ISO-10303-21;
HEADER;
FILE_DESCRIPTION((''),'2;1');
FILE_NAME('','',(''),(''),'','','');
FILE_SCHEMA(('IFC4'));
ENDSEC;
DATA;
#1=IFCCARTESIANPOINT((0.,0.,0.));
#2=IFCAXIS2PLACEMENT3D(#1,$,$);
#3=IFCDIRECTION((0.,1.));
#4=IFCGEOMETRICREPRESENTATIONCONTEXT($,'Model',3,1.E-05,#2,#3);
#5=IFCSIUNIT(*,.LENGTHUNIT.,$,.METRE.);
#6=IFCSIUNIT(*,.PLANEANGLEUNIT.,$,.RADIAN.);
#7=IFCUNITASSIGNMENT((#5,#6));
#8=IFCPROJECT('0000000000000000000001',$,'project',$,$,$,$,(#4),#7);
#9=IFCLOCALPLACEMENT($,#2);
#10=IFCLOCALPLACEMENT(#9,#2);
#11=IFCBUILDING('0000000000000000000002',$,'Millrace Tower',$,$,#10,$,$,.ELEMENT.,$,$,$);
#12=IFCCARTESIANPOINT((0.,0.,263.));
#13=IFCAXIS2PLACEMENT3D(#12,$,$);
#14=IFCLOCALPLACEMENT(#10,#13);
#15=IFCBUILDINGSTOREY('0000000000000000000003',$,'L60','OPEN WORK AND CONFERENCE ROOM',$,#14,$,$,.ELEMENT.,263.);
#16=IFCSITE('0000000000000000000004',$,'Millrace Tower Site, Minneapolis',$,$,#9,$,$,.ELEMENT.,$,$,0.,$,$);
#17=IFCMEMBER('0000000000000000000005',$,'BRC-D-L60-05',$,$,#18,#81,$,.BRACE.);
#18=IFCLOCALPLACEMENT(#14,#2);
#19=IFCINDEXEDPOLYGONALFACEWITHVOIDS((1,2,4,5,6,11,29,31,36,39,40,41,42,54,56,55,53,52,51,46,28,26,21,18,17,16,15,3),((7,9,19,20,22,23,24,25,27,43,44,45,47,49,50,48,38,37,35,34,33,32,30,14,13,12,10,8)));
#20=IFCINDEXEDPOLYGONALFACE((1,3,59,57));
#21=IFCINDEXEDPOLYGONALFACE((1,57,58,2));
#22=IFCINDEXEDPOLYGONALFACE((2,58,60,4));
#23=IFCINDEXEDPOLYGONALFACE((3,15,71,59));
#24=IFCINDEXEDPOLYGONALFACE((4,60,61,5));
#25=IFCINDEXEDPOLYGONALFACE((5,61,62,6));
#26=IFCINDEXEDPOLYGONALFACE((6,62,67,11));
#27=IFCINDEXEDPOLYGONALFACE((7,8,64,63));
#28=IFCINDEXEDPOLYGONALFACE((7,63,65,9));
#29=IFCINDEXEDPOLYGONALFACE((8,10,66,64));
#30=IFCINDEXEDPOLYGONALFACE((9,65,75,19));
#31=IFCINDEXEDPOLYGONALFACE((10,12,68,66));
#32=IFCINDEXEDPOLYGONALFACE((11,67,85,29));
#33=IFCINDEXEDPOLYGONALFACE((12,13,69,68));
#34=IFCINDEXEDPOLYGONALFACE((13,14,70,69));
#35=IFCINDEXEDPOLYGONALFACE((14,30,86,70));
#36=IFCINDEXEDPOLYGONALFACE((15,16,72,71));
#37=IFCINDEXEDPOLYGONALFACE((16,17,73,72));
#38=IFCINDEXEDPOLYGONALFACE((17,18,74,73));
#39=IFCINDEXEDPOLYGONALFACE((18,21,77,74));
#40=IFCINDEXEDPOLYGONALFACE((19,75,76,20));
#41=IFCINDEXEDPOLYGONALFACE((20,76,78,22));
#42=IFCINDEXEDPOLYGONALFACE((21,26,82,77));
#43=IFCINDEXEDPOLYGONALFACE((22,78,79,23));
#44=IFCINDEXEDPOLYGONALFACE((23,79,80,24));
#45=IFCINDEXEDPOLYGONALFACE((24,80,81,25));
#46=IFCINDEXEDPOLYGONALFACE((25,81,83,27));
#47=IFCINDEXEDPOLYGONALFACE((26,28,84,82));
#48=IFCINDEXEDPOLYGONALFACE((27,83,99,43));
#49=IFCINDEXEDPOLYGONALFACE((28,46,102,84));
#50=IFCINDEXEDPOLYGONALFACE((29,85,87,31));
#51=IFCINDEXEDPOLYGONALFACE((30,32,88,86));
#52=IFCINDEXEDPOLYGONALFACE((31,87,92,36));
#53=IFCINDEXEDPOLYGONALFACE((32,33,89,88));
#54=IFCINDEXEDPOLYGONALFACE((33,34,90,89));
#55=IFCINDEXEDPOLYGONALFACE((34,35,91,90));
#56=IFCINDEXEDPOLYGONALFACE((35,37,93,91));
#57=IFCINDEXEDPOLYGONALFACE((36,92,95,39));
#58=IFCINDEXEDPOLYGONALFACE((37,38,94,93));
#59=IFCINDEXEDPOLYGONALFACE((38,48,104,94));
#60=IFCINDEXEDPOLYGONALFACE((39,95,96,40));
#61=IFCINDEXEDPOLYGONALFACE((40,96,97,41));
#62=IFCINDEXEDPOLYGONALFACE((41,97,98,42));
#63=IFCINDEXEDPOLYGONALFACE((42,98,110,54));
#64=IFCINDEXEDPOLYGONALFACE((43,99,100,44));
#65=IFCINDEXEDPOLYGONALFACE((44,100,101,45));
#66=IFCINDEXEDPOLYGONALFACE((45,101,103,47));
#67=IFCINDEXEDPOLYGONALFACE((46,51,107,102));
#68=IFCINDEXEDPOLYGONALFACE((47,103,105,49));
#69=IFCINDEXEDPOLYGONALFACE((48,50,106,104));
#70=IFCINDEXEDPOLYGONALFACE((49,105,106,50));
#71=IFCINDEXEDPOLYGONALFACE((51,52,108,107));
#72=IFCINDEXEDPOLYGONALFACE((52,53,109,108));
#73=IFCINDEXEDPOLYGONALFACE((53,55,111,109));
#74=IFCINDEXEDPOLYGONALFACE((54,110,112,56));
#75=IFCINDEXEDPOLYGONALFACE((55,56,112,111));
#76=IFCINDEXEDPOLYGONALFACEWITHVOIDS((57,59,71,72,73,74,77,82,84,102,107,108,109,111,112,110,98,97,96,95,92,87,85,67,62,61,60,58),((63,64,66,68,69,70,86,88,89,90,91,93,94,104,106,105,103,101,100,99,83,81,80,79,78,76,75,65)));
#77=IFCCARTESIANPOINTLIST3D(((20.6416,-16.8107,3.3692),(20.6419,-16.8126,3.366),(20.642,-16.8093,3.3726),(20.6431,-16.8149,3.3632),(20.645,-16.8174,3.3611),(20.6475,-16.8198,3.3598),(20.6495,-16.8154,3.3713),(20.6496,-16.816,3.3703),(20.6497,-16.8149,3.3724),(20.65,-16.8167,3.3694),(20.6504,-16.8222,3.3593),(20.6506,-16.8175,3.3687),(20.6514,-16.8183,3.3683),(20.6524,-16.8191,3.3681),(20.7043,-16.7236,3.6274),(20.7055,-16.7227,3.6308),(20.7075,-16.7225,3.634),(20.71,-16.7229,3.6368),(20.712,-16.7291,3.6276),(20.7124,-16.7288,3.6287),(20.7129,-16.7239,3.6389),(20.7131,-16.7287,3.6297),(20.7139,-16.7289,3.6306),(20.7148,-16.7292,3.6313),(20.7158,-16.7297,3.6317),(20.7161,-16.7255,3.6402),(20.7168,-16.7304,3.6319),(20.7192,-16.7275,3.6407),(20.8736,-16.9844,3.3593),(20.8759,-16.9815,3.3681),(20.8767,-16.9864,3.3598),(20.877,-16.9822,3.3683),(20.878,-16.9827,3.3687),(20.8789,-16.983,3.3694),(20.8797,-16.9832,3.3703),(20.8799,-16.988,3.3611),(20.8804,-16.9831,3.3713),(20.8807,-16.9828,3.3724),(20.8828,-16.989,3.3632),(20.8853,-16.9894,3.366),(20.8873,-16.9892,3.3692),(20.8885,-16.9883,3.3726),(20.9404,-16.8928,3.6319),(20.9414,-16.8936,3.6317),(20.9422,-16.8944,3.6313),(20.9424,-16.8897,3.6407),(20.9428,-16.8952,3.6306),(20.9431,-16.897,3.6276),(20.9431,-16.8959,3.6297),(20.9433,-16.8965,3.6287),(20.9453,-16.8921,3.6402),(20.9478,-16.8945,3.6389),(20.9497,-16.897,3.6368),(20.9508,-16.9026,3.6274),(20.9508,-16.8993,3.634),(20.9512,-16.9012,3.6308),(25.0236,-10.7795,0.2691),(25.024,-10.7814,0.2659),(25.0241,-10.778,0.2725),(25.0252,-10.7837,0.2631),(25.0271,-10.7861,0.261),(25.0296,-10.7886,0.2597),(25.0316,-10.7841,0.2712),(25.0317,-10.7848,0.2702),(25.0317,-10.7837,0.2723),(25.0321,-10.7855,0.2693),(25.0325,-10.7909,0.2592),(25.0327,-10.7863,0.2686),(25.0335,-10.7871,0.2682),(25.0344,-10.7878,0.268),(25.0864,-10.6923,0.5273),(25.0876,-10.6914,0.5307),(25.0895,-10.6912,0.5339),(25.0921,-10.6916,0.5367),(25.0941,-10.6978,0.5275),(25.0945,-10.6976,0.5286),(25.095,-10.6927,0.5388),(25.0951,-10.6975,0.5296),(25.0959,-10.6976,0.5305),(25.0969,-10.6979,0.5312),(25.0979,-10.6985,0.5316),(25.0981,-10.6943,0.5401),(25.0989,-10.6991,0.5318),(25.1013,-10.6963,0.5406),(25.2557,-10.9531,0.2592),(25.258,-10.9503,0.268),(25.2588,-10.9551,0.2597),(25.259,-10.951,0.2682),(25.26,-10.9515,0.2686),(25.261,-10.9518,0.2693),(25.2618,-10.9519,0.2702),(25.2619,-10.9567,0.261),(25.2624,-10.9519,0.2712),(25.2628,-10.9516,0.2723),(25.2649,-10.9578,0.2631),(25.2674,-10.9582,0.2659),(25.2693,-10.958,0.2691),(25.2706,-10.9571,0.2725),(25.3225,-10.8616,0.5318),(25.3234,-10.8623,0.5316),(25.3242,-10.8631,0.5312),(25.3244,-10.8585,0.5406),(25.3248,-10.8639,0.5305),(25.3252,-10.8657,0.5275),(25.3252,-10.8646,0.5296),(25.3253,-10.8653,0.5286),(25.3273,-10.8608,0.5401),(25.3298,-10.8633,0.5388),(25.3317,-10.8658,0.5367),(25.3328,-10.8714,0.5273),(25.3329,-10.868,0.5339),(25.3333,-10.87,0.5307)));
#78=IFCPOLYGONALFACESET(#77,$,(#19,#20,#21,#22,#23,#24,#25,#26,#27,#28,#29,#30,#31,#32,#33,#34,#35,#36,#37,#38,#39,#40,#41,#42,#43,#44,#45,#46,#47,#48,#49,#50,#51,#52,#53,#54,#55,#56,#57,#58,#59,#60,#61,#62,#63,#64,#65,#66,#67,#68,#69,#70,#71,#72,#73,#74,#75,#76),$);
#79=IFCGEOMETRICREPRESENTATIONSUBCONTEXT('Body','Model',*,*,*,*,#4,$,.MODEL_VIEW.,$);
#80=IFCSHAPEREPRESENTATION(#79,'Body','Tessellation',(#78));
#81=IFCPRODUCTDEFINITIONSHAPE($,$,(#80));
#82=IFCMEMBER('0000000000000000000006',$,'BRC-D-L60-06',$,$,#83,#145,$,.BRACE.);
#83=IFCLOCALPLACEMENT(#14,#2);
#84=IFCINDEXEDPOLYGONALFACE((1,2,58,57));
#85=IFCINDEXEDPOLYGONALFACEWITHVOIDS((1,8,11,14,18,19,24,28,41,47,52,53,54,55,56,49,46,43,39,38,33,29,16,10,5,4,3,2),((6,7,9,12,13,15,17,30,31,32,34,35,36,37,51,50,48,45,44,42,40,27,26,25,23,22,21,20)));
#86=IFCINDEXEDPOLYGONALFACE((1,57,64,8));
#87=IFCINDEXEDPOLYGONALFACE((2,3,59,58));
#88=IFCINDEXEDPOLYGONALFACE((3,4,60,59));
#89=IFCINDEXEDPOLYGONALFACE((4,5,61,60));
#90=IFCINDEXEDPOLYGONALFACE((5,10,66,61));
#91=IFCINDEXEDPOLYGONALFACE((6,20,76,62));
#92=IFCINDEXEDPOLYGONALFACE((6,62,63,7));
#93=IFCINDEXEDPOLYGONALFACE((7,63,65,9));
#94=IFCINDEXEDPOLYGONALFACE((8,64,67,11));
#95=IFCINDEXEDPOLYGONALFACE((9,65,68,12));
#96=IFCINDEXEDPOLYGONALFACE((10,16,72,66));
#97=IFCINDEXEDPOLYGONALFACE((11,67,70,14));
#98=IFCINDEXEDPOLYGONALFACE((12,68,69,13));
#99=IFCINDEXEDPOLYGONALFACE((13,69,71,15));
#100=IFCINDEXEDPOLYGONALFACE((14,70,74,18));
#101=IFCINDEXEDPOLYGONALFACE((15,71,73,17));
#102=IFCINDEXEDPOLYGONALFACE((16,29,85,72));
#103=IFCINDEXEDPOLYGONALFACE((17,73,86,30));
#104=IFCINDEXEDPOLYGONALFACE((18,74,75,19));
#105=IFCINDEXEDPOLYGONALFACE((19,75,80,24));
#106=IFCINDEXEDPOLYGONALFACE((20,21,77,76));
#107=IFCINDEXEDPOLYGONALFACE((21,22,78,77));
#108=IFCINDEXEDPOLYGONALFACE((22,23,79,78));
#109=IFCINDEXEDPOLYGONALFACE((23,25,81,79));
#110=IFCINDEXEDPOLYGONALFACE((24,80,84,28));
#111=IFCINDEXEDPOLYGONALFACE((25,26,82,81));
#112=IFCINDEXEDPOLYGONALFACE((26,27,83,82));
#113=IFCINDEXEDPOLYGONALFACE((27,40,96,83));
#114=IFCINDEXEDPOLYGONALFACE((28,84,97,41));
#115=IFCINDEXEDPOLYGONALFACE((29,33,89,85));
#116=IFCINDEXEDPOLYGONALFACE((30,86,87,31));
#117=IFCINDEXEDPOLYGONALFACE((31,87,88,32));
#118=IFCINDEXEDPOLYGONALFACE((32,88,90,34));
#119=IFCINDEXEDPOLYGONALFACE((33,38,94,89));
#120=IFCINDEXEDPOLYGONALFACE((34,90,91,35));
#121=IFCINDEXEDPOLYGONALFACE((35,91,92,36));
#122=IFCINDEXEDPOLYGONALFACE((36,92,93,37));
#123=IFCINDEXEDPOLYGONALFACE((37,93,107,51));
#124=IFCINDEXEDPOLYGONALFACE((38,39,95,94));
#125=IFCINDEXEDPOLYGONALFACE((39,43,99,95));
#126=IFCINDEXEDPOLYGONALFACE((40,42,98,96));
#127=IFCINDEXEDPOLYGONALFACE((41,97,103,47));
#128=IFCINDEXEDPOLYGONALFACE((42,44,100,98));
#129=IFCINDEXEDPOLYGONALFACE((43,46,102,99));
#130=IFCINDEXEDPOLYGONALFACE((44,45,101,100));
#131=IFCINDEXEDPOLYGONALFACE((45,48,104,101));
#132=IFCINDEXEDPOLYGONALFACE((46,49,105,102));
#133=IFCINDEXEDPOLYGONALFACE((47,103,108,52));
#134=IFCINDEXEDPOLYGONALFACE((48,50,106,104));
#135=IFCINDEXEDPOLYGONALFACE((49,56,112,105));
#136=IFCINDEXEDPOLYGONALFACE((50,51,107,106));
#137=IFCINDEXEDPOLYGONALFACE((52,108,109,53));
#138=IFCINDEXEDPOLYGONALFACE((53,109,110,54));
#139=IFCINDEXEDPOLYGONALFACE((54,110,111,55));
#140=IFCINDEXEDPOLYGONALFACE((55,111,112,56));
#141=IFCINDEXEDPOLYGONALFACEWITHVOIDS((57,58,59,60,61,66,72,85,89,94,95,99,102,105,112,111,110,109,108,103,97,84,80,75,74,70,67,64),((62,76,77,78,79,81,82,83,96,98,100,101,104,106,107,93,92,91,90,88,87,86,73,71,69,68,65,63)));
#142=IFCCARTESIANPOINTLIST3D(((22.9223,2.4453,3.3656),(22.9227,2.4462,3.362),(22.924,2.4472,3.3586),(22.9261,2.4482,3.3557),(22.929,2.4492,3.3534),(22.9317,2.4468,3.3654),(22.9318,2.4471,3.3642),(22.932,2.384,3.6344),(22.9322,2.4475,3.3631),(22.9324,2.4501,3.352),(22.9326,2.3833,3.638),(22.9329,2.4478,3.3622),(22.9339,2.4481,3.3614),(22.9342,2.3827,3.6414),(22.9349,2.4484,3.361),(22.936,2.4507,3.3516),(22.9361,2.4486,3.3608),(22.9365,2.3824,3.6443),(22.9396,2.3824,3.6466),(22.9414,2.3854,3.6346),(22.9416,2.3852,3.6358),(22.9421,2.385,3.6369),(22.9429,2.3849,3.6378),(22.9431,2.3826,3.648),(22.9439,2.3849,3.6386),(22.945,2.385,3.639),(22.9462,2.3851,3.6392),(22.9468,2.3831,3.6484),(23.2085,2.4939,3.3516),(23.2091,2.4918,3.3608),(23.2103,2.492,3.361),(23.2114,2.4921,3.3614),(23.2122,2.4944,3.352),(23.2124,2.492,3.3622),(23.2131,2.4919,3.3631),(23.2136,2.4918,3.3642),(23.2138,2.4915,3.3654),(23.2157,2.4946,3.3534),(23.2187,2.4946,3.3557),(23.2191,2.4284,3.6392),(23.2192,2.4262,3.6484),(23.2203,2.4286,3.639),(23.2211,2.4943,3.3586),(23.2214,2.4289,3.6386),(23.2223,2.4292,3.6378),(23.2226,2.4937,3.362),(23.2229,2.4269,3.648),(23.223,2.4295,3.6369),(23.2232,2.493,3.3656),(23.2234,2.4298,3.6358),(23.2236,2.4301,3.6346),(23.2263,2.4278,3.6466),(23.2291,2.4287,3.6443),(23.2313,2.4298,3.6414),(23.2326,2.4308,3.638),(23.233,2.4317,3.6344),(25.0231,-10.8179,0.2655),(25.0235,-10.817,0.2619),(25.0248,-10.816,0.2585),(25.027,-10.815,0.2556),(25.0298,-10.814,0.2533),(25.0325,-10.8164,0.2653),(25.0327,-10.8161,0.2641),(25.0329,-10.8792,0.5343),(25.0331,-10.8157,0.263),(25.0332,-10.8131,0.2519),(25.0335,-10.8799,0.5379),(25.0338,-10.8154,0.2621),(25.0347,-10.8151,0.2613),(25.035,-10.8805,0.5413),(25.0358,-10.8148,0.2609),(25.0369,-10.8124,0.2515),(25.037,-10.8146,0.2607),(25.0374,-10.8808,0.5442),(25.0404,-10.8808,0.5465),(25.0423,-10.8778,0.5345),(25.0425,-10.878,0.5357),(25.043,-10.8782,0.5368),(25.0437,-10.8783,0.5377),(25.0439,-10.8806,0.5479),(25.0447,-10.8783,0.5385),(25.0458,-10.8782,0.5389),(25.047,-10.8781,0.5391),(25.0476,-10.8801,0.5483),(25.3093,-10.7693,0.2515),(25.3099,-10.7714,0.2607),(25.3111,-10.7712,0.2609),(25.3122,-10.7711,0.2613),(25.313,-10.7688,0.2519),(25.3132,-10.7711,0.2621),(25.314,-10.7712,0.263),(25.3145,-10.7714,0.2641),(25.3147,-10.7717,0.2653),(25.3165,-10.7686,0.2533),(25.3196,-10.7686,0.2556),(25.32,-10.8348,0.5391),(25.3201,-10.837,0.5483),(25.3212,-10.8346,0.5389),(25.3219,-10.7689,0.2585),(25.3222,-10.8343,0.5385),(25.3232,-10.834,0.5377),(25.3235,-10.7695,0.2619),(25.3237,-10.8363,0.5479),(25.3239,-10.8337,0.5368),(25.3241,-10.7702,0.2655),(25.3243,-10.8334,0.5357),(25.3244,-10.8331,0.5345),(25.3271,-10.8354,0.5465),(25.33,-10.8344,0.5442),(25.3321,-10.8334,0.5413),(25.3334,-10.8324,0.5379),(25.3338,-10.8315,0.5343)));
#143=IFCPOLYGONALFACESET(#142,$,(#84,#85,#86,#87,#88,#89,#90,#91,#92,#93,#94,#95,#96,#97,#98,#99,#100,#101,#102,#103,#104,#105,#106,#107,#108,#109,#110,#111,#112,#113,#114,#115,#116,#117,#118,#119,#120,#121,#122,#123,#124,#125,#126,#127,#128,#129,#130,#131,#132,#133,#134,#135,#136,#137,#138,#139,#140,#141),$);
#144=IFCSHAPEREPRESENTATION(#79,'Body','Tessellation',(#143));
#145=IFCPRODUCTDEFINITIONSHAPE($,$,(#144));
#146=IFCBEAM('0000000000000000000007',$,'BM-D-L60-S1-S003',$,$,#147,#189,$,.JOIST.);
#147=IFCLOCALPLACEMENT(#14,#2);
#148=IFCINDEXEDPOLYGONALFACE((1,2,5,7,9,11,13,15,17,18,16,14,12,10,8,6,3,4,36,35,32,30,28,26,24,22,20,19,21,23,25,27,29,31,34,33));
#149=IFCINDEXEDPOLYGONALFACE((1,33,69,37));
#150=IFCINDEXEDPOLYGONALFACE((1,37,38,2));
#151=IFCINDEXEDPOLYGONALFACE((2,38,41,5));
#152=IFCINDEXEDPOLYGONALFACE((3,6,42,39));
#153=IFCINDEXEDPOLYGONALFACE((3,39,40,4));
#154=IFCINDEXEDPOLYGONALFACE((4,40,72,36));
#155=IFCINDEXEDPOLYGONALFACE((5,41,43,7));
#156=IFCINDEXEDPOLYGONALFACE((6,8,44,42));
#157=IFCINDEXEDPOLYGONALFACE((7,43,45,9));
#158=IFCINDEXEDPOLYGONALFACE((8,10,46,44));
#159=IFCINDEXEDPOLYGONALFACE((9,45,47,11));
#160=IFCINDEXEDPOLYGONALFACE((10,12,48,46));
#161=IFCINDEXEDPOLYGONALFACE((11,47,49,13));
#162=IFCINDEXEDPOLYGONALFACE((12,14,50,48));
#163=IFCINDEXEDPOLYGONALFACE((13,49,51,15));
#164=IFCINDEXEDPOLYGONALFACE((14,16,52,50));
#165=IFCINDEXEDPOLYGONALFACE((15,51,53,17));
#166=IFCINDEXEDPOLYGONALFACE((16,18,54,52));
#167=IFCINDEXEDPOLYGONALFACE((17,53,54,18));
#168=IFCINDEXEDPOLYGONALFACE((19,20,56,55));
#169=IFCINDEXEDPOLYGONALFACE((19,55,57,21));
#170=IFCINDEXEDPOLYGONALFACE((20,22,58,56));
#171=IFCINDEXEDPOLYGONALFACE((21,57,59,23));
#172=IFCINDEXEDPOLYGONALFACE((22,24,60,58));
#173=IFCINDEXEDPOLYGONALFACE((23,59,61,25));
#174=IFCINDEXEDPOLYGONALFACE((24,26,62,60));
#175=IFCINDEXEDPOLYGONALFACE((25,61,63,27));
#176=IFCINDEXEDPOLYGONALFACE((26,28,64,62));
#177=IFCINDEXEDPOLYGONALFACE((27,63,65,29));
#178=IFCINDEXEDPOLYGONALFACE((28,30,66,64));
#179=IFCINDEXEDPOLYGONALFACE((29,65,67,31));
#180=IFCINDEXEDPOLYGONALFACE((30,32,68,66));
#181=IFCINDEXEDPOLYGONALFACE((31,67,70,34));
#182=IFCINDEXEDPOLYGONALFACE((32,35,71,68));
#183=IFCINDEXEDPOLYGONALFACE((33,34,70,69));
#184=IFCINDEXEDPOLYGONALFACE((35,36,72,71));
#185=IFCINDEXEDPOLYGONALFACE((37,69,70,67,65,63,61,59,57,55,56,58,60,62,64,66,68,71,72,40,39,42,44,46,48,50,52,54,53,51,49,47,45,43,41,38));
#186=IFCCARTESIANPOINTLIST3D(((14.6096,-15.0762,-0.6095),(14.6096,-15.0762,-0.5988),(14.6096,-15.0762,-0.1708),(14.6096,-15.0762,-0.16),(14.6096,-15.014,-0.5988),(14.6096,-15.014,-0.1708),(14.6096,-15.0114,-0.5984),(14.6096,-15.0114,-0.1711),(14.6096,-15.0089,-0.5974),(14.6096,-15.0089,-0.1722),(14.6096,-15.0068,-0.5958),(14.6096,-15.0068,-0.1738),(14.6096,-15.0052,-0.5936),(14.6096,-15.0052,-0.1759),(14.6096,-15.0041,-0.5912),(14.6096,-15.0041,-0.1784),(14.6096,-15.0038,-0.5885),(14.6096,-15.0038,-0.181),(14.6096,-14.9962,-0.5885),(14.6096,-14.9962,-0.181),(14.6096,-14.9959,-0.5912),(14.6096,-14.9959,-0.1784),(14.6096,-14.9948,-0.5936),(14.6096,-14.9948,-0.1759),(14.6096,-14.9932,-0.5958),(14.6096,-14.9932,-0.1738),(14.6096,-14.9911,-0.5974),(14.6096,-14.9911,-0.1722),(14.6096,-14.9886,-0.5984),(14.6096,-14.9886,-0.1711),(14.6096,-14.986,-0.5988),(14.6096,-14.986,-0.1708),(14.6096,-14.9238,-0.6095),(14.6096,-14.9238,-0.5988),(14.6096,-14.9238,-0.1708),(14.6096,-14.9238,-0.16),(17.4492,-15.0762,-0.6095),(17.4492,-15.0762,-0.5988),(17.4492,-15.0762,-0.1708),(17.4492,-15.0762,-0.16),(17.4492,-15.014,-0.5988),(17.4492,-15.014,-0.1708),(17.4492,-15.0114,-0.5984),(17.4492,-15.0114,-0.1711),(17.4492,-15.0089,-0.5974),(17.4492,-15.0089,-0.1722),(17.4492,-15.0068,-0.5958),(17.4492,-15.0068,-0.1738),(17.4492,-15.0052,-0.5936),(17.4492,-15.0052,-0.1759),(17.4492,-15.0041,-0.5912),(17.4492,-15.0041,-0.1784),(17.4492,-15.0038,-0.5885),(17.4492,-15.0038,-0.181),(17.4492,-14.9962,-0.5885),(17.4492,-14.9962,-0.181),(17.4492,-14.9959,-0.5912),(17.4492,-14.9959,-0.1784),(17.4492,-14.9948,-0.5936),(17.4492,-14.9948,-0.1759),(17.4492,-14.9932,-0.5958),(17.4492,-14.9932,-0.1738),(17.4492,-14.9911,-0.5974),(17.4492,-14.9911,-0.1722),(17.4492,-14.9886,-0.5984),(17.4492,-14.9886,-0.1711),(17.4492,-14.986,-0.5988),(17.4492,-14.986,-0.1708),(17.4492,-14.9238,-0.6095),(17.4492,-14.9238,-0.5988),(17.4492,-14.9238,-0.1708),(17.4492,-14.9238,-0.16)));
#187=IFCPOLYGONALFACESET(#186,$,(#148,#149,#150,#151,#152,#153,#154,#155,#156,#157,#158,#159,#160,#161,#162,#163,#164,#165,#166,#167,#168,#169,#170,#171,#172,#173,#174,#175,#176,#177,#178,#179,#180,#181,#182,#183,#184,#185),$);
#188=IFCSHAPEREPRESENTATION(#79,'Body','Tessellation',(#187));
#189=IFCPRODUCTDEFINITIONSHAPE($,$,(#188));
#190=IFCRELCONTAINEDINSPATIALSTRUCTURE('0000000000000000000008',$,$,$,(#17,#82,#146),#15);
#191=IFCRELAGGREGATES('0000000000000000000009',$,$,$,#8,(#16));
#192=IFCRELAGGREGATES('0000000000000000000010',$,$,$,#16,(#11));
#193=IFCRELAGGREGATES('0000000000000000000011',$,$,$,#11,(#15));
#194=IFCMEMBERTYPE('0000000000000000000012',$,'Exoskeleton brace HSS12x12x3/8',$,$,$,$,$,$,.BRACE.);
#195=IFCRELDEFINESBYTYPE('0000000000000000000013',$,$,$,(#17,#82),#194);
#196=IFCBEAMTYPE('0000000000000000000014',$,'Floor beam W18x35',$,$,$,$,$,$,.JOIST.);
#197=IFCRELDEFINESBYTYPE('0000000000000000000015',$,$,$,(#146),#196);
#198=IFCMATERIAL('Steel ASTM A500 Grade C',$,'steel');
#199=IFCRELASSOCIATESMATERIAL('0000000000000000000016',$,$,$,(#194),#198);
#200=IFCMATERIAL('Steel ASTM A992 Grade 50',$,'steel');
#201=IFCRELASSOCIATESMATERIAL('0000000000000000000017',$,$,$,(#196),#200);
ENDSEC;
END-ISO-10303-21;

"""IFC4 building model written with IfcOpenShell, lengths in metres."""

from ifc_helpers import new_model, si_unit, direction, frame, origin, origin_2d, place, context, subcontext, project, spatial, hollow_rectangle, i_section, extrude, material, material_profile, profile_set, type_object, element, save


model = new_model("IFC4")

# Units and contexts
model_context = context("Model", 3, precision=1e-05, world=origin(), true_north=direction((0.0, 1.0)))
body_context = subcontext(model_context, "Body", "Model", "MODEL_VIEW")
ifc_project = project(units=[si_unit("LENGTHUNIT", "METRE"), si_unit("PLANEANGLEUNIT", "RADIAN")], contexts=[model_context])

# Site, building, storey
site_placement = place(None, origin())
site = spatial("IfcSite", under=ifc_project, at=site_placement, Name="Millrace Tower Site, Minneapolis", CompositionType="ELEMENT", RefElevation=0.0)
building_placement = place(site_placement, origin())
building = spatial("IfcBuilding", under=site, at=building_placement, Name="Millrace Tower", CompositionType="ELEMENT")
storey_placement = place(building_placement, frame((0.0, 0.0, 263.0)))
storey = spatial("IfcBuildingStorey", under=building, at=storey_placement, Name="L60", Description="OPEN WORK AND CONFERENCE ROOM", CompositionType="ELEMENT", Elevation=263.0)

# Members
ifc_material_1 = material(Name="Steel ASTM A500 Grade C", Category="steel")
ifc_material_profile_1 = material_profile(ifc_material_1, hollow_rectangle(XDim=0.3047, YDim=0.3047, WallThickness=0.0095, InnerFilletRadius=0.0046, OuterFilletRadius=0.0144, at=origin_2d()))
ifc_profile_set_1 = profile_set([ifc_material_profile_1], Name="Steel ASTM A500 Grade C")
member_type_1 = type_object("IfcMemberType", Name="Exoskeleton brace HSS12x12x3/8", PredefinedType="BRACE", material=ifc_profile_set_1)
member_1_placement = place(storey_placement, frame((25.1785, -10.8247, 0.3999), z_axis=(-0.542741, -0.746998, 0.383961), x_axis=(0.809009, -0.587796, 0.0)))
element("IfcMember", 1, at=member_1_placement, inside=storey, type_object=member_type_1, Name="BRC-D-L60-05", PredefinedType="BRACE", context=body_context, shape_type="SweptSolid", body=[
    extrude(hollow_rectangle(XDim=0.3047, YDim=0.3047, WallThickness=0.0095, InnerFilletRadius=0.0046, OuterFilletRadius=0.0144, at=origin_2d()), origin(), (0.0, 0.0, 1.0), 8.074),
])
member_2_placement = place(storey_placement, frame((25.1785, -10.8247, 0.3999), z_axis=(-0.152436, 0.962374, 0.224943), x_axis=(-0.987687, -0.156445, 0.0)))
element("IfcMember", 2, at=member_2_placement, inside=storey, type_object=member_type_1, Name="BRC-D-L60-06", PredefinedType="BRACE", context=body_context, shape_type="SweptSolid", body=[
    extrude(hollow_rectangle(XDim=0.3047, YDim=0.3047, WallThickness=0.0095, InnerFilletRadius=0.0046, OuterFilletRadius=0.0144, at=origin_2d()), origin(), (0.0, 0.0, 1.0), 13.7817),
])

# Beam
ifc_material_2 = material(Name="Steel ASTM A992 Grade 50", Category="steel")
ifc_material_profile_2 = material_profile(ifc_material_2, i_section(OverallWidth=0.1523, OverallDepth=0.4495, WebThickness=0.0076, FlangeThickness=0.0107, FilletRadius=0.0103, at=origin_2d()))
ifc_profile_set_2 = profile_set([ifc_material_profile_2], Name="Steel ASTM A992 Grade 50")
beam_type_1 = type_object("IfcBeamType", Name="Floor beam W18x35", PredefinedType="JOIST", material=ifc_profile_set_2)
beam_1_placement = place(storey_placement, frame((14.6096, -15.0, -0.3848), z_axis=(1.0, 0.0, 0.0), x_axis=(0.0, 1.0, 0.0)))
element("IfcBeam", 3, at=beam_1_placement, inside=storey, type_object=beam_type_1, Name="BM-D-L60-S1-S003", PredefinedType="JOIST", context=body_context, shape_type="SweptSolid", body=[
    extrude(i_section(OverallWidth=0.1523, OverallDepth=0.4495, WebThickness=0.0076, FlangeThickness=0.0107, FilletRadius=0.0103, at=origin_2d()), origin(), (0.0, 0.0, 1.0), 2.8396),
])

save(model, "model.ifc")
